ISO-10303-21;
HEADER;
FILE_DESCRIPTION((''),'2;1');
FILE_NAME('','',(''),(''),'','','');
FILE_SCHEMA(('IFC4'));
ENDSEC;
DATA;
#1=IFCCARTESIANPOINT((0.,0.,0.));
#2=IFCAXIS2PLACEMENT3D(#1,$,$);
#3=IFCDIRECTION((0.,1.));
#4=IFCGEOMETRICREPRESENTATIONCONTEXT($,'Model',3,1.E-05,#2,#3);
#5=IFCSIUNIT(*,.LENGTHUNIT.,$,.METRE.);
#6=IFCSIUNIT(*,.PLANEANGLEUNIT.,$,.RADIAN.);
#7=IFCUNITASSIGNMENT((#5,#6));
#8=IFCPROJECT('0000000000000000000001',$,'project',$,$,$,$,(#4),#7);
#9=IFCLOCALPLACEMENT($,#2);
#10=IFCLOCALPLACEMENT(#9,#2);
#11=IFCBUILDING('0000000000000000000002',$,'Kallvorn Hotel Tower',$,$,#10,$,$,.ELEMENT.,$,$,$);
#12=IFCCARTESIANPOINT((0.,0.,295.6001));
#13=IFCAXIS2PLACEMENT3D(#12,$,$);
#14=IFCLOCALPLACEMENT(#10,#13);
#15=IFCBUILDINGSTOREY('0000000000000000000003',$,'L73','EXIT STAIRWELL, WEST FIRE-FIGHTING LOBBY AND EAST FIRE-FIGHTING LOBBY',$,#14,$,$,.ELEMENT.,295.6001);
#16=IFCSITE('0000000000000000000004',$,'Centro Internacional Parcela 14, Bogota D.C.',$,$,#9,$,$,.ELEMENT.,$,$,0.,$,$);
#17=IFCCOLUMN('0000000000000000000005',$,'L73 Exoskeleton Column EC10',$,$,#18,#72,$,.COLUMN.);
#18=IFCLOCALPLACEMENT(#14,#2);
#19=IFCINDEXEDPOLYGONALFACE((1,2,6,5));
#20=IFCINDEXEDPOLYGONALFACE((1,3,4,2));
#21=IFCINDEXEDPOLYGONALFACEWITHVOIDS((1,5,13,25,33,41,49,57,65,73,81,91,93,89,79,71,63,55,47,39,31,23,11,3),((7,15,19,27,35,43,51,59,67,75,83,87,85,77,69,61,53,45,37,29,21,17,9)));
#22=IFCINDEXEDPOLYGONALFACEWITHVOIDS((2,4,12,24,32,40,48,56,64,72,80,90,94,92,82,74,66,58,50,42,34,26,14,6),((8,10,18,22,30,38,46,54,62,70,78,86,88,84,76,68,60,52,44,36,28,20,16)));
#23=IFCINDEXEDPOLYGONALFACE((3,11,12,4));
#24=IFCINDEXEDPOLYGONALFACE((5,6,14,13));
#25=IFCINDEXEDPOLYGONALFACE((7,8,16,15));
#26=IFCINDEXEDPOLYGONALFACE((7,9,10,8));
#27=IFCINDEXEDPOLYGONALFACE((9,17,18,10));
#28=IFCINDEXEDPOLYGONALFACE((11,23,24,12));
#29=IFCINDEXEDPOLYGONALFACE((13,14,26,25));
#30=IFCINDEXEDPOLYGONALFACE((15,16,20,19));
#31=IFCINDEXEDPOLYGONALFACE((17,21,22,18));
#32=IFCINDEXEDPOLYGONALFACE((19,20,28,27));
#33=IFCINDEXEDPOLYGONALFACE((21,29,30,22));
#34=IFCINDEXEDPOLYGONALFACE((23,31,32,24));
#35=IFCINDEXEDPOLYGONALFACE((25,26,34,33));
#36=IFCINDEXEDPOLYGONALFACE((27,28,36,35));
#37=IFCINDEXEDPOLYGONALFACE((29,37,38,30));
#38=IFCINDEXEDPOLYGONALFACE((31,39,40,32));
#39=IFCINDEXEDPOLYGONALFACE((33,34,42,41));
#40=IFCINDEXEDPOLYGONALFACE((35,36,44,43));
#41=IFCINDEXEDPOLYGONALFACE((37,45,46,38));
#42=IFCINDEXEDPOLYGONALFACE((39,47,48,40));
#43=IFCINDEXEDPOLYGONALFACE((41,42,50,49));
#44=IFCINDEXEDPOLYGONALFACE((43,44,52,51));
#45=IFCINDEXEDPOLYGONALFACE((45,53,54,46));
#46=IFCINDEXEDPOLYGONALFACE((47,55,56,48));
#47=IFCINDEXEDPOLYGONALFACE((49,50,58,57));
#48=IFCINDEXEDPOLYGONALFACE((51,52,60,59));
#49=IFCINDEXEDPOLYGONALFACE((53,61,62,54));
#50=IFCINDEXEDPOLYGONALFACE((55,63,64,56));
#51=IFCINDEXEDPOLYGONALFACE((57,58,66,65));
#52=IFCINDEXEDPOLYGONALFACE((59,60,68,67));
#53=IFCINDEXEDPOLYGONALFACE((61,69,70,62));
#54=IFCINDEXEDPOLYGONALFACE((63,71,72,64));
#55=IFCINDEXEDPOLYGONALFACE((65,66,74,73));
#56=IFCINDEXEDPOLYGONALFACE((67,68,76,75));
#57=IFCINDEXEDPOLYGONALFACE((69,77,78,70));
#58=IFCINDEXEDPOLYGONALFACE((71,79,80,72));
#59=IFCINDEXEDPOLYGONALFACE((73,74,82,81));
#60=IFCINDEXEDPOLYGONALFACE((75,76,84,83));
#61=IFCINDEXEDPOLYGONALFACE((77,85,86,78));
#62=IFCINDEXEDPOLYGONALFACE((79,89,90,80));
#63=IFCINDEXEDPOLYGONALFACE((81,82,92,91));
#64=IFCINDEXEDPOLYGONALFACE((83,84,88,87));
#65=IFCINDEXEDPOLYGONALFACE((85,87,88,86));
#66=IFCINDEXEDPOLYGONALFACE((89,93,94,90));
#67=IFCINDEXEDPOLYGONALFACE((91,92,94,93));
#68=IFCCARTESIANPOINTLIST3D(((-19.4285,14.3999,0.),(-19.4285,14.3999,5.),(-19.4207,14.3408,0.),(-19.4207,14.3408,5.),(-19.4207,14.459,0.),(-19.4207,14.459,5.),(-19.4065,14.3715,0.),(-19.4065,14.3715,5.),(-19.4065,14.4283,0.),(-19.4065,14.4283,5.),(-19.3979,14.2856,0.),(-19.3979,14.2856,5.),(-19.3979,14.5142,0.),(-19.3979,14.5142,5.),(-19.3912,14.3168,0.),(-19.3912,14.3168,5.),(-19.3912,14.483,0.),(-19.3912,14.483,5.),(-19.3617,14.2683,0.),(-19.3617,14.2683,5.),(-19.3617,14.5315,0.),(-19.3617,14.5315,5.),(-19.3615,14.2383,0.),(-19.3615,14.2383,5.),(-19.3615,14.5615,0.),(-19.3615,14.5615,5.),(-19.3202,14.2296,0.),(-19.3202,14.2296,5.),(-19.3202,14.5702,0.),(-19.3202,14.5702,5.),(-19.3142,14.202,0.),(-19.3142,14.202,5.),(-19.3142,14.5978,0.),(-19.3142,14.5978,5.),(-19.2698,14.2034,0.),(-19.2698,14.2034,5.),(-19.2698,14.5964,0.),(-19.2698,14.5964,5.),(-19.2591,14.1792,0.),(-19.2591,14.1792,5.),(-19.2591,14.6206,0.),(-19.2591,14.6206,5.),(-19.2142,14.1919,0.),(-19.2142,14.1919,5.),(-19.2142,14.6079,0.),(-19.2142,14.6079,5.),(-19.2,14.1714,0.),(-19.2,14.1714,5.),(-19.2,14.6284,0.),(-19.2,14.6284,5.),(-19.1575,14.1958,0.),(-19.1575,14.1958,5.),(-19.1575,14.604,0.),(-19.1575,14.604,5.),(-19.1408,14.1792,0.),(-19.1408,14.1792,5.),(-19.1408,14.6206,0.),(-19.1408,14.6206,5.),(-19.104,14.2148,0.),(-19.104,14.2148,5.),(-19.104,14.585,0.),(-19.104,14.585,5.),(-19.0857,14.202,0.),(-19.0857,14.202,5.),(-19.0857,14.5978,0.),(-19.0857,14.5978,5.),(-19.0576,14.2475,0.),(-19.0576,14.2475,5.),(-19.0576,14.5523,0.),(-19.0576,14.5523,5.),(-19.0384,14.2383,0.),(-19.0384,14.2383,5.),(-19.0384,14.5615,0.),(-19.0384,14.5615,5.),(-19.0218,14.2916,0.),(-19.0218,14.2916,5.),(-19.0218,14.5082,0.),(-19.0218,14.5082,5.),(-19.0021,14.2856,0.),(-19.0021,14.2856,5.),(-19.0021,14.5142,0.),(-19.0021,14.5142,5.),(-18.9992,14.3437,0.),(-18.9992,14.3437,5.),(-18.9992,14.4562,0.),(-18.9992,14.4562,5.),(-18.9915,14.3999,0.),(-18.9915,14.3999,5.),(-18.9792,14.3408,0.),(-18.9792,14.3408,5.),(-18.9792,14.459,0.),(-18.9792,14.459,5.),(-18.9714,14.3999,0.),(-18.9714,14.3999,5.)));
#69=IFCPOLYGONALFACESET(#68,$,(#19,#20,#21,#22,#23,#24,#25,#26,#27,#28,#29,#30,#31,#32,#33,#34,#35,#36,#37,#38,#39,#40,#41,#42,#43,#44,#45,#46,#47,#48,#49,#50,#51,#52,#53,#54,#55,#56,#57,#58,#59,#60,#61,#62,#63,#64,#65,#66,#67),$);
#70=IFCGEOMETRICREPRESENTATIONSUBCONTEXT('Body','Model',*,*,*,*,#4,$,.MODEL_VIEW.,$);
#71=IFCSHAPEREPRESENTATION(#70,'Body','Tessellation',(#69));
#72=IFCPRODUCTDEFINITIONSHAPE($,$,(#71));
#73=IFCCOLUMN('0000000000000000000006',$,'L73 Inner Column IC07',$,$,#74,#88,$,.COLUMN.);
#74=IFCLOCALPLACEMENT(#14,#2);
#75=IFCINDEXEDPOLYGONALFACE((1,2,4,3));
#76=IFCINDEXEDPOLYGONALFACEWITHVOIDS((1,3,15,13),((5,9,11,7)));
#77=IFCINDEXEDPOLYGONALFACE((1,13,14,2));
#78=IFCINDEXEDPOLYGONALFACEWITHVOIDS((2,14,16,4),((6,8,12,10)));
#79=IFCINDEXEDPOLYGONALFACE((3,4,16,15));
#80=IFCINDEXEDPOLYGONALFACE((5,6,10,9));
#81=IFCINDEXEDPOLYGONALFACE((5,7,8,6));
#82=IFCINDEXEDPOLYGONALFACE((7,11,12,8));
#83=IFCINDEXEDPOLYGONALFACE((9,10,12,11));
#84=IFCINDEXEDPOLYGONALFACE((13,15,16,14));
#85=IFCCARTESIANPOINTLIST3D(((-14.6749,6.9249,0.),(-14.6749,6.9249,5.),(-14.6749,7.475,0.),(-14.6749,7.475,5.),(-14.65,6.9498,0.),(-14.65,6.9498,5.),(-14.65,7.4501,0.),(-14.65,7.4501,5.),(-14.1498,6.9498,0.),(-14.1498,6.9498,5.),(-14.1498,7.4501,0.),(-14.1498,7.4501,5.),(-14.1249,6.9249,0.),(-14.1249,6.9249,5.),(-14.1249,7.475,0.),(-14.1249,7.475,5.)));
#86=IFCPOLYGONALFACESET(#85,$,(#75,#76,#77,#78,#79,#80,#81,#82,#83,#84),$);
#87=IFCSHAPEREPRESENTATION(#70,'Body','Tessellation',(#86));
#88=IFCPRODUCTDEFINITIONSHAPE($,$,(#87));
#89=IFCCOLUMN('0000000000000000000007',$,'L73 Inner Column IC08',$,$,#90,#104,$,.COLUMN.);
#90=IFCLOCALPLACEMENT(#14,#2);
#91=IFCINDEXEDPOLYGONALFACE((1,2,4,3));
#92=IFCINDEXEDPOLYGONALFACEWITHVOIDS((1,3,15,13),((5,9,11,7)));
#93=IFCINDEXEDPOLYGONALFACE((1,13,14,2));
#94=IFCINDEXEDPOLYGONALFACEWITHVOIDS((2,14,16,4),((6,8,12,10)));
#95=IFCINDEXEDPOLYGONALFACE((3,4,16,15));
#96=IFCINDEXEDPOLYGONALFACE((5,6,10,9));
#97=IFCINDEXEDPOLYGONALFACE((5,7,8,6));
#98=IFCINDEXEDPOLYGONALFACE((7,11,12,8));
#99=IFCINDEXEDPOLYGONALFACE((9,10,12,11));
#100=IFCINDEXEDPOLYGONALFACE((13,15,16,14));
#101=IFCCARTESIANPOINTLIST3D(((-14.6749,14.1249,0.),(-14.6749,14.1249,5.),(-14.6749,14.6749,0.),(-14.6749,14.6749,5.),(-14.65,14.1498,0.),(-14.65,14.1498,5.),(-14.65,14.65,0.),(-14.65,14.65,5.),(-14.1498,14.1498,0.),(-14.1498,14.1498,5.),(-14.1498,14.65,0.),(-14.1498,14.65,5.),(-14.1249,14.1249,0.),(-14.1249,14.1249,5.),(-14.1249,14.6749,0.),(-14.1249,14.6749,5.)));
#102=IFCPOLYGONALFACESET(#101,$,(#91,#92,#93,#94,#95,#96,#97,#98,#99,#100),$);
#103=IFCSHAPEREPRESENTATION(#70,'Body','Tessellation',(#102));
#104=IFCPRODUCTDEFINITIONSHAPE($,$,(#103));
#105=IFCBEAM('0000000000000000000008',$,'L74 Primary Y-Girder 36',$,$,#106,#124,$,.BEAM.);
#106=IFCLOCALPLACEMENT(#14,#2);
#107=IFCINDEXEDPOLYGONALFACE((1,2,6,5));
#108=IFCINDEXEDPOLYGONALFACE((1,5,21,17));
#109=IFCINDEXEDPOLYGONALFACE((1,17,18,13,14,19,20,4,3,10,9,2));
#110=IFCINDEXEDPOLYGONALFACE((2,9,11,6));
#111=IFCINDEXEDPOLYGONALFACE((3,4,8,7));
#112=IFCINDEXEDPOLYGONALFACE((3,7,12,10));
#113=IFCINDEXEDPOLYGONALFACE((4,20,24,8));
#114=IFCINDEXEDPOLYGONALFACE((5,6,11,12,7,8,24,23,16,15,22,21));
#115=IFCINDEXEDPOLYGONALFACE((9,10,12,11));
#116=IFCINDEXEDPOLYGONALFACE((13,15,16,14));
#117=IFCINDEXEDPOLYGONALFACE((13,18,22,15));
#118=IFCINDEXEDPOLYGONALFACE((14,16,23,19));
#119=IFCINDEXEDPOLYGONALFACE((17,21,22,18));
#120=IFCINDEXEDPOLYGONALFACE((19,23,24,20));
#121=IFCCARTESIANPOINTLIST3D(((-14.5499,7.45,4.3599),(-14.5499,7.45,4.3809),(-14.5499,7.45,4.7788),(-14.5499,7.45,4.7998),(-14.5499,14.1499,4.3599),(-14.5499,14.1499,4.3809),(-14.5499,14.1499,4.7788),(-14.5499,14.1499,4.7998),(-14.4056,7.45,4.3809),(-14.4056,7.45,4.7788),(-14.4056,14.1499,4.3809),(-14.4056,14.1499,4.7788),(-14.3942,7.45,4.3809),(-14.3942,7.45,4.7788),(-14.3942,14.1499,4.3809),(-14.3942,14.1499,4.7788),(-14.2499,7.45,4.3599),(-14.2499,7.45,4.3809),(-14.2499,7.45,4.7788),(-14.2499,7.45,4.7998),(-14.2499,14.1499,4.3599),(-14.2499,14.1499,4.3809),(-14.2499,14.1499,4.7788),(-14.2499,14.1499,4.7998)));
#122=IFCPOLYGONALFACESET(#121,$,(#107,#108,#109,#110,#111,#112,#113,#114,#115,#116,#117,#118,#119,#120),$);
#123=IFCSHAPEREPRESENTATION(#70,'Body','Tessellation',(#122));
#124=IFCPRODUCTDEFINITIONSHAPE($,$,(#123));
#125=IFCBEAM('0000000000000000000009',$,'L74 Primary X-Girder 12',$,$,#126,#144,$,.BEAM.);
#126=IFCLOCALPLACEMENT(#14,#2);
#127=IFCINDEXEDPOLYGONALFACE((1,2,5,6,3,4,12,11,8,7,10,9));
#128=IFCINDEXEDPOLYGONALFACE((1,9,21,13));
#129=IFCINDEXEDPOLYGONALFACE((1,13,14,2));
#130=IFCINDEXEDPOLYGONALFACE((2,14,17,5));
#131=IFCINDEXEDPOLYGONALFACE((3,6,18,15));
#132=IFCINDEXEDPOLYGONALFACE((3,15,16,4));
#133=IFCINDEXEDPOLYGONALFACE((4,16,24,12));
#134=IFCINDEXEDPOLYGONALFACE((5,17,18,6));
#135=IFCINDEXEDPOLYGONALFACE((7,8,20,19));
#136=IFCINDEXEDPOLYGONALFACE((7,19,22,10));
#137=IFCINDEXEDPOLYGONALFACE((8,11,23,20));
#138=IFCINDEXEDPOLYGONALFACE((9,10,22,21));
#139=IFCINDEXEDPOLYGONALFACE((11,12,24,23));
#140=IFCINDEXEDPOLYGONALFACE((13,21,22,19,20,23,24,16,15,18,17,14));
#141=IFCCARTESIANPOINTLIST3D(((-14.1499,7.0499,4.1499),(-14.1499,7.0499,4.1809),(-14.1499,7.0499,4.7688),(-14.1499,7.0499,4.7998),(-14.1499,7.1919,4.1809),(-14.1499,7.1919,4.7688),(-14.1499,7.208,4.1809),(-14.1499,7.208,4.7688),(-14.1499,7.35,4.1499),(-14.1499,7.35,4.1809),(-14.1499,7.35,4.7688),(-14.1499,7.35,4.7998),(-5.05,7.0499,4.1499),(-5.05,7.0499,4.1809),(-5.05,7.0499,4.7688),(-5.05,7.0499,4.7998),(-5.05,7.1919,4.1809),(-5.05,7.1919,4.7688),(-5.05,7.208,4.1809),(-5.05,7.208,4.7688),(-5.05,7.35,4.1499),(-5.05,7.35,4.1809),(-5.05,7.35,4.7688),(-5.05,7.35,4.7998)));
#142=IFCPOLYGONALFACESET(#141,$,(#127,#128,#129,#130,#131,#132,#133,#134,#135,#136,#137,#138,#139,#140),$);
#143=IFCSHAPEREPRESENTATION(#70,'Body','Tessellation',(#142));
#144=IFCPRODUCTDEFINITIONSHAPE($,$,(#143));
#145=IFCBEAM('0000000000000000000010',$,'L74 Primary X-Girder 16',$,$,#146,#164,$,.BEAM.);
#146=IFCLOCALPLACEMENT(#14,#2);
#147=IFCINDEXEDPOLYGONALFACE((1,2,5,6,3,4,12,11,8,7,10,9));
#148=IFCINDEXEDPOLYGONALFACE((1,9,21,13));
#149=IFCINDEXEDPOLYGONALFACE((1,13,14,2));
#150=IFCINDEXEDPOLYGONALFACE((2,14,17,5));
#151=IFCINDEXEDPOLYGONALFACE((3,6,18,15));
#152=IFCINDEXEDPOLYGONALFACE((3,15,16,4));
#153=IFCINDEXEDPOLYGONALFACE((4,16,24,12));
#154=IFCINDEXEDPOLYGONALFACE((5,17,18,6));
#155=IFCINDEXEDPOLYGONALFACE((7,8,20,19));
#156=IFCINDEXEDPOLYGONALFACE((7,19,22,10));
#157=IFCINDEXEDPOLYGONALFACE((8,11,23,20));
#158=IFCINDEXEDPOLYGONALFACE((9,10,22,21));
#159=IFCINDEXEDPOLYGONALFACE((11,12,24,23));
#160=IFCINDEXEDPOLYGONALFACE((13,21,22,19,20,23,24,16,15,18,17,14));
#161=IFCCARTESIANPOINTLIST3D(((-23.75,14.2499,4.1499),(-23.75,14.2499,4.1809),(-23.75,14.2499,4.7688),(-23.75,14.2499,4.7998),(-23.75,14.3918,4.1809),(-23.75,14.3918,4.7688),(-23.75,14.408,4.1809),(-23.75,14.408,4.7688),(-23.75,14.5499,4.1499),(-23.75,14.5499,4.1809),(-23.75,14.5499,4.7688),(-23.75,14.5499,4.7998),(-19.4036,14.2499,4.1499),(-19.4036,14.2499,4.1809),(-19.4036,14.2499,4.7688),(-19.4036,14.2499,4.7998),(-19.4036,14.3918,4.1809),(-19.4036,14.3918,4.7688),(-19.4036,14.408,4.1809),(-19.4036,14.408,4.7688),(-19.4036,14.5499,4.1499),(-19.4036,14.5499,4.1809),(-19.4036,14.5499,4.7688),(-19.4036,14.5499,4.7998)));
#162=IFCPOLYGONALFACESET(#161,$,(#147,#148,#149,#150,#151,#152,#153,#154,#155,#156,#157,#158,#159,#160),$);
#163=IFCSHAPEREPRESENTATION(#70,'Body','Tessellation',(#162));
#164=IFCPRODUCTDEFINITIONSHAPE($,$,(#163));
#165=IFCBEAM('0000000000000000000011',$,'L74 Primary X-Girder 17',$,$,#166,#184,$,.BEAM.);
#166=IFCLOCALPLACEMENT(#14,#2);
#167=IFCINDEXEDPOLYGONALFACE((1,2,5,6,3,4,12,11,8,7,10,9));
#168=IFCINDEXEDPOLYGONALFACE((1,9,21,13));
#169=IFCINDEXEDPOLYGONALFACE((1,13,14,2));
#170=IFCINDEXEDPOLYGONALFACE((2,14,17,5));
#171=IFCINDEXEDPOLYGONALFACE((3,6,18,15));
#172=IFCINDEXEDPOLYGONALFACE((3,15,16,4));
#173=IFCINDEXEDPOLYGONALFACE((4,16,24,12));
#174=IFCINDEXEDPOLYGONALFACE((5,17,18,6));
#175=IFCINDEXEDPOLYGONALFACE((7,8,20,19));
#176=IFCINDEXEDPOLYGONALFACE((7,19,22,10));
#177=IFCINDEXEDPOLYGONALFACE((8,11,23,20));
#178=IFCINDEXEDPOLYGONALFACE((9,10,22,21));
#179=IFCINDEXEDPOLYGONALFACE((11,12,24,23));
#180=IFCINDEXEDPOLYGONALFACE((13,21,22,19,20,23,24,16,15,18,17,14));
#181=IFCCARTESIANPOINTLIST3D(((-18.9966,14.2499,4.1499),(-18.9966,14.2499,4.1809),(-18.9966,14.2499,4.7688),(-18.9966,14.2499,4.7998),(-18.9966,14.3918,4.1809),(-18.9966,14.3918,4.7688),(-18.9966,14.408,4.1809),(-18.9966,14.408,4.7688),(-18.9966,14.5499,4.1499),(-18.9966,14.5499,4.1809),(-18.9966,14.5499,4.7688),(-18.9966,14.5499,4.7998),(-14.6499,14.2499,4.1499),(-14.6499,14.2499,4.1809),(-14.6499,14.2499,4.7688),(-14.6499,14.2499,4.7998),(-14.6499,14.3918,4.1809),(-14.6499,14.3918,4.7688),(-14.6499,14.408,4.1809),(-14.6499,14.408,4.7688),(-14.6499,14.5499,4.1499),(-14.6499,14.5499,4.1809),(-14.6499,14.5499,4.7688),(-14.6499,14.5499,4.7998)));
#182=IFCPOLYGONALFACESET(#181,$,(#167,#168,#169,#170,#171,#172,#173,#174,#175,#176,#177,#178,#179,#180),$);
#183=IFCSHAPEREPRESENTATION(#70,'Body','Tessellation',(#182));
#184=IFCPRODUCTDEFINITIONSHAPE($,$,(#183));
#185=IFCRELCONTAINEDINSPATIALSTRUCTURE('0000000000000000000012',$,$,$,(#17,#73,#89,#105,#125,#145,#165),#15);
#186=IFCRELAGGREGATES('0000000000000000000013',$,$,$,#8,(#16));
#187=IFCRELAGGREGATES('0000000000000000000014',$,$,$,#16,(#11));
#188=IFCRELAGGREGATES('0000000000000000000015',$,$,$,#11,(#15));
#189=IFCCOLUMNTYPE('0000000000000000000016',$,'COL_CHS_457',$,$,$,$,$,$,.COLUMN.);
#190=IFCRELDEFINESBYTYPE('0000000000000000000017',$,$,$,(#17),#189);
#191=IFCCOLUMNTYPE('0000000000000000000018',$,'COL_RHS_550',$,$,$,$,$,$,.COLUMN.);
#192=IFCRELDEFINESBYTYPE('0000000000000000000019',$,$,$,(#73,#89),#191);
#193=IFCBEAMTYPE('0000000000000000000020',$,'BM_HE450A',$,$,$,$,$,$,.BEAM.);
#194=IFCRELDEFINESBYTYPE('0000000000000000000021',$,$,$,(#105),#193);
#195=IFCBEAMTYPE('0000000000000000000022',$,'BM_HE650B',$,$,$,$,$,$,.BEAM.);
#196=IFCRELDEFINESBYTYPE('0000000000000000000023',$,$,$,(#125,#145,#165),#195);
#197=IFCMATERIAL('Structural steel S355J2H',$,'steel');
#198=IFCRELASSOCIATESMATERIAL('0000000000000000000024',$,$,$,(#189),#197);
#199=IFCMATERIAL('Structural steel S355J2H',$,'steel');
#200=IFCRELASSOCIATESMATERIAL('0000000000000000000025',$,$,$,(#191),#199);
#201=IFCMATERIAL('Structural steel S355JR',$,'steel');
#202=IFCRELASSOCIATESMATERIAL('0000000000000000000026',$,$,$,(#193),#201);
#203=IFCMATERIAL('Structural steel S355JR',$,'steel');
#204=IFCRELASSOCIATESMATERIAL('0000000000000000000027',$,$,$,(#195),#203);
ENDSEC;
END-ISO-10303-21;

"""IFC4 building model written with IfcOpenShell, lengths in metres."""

from ifc_helpers import new_model, si_unit, direction, frame, origin, origin_2d, place, context, subcontext, project, spatial, hollow_rectangle, hollow_circle, i_section, extrude, material, material_profile, profile_set, type_object, element, save


model = new_model("IFC4")

# Units and contexts
model_context = context("Model", 3, precision=1e-05, world=origin(), true_north=direction((0.0, 1.0)))
body_context = subcontext(model_context, "Body", "Model", "MODEL_VIEW")
ifc_project = project(units=[si_unit("LENGTHUNIT", "METRE"), si_unit("PLANEANGLEUNIT", "RADIAN")], contexts=[model_context])

# Site, building, storey
site_placement = place(None, origin())
site = spatial("IfcSite", under=ifc_project, at=site_placement, Name="Centro Internacional Parcela 14, Bogota D.C.", CompositionType="ELEMENT", RefElevation=0.0)
building_placement = place(site_placement, origin())
building = spatial("IfcBuilding", under=site, at=building_placement, Name="Kallvorn Hotel Tower", CompositionType="ELEMENT")
storey_placement = place(building_placement, frame((0.0, 0.0, 295.6001)))
storey = spatial("IfcBuildingStorey", under=building, at=storey_placement, Name="L73", Description="EXIT STAIRWELL, WEST FIRE-FIGHTING LOBBY AND EAST FIRE-FIGHTING LOBBY", CompositionType="ELEMENT", Elevation=295.6001)

# Columns
ifc_material_1 = material(Name="Structural steel S355J2H", Category="steel")
ifc_material_profile_1 = material_profile(ifc_material_1, hollow_circle(Radius=0.2285, WallThickness=0.02, at=origin_2d()), Name="CHS 457x20")
ifc_profile_set_1 = profile_set([ifc_material_profile_1], Name="Structural steel S355J2H")
column_type_1 = type_object("IfcColumnType", Name="COL_CHS_457", PredefinedType="COLUMN", material=ifc_profile_set_1)
column_placement = place(storey_placement, frame((-19.2, 14.3999, 0.0), z_axis=(0.0, 0.0, 1.0), x_axis=(1.0, 0.0, 0.0)))
element("IfcColumn", 1, at=column_placement, inside=storey, type_object=column_type_1, Name="L73 Exoskeleton Column EC10", PredefinedType="COLUMN", context=body_context, shape_type="SweptSolid", body=[
    extrude(hollow_circle(Radius=0.2285, WallThickness=0.02, at=origin_2d()), origin(), (0.0, 0.0, 1.0), 5.0),
])
ifc_material_2 = material(Name="Structural steel S355J2H", Category="steel")
ifc_material_profile_2 = material_profile(ifc_material_2, hollow_rectangle(XDim=0.55, YDim=0.55, WallThickness=0.0249, at=origin_2d()), Name="RHS 550x550x25")
ifc_profile_set_2 = profile_set([ifc_material_profile_2], Name="Structural steel S355J2H")
column_type_2 = type_object("IfcColumnType", Name="COL_RHS_550", PredefinedType="COLUMN", material=ifc_profile_set_2)
for number, where, z_axis, x_axis, name in (
    (2, (-14.3999, 7.2, 0.0), (0.0, 0.0, 1.0), (1.0, 0.0, 0.0), "L73 Inner Column IC07"),
    (3, (-14.3999, 14.3999, 0.0), (0.0, 0.0, 1.0), (1.0, 0.0, 0.0), "L73 Inner Column IC08"),
):
    element("IfcColumn", number, at=place(storey_placement, frame(where, z_axis=z_axis, x_axis=x_axis)), inside=storey, type_object=column_type_2, Name=name, PredefinedType="COLUMN", context=body_context, shape_type="SweptSolid", body=[
        extrude(hollow_rectangle(XDim=0.55, YDim=0.55, WallThickness=0.0249, at=origin_2d()), origin(), (0.0, 0.0, 1.0), 5.0),
    ])

# Beams
ifc_material_3 = material(Name="Structural steel S355JR", Category="steel")
ifc_material_profile_3 = material_profile(ifc_material_3, i_section(OverallWidth=0.3, OverallDepth=0.4399, WebThickness=0.0115, FlangeThickness=0.021, at=origin_2d()), Name="HE 450 A")
ifc_profile_set_3 = profile_set([ifc_material_profile_3], Name="Structural steel S355JR")
beam_type_1 = type_object("IfcBeamType", Name="BM_HE450A", PredefinedType="BEAM", material=ifc_profile_set_3)
beam_1_placement = place(storey_placement, frame((-14.3999, 7.45, 4.5798), z_axis=(0.0, 1.0, 0.0), x_axis=(-1.0, 0.0, 0.0)))
element("IfcBeam", 4, at=beam_1_placement, inside=storey, type_object=beam_type_1, Name="L74 Primary Y-Girder 36", PredefinedType="BEAM", context=body_context, shape_type="SweptSolid", body=[
    extrude(i_section(OverallWidth=0.3, OverallDepth=0.4399, WebThickness=0.0115, FlangeThickness=0.021, at=origin_2d()), origin(), (0.0, 0.0, 1.0), 6.7),
])
ifc_material_4 = material(Name="Structural steel S355JR", Category="steel")
ifc_material_profile_4 = material_profile(ifc_material_4, i_section(OverallWidth=0.3, OverallDepth=0.6499, WebThickness=0.0161, FlangeThickness=0.031, at=origin_2d()), Name="HE 650 B")
ifc_profile_set_4 = profile_set([ifc_material_profile_4], Name="Structural steel S355JR")
beam_type_2 = type_object("IfcBeamType", Name="BM_HE650B", PredefinedType="BEAM", material=ifc_profile_set_4)
beam_2_placement = place(storey_placement, frame((-14.1499, 7.2, 4.4749), z_axis=(1.0, 0.0, 0.0), x_axis=(0.0, 1.0, 0.0)))
element("IfcBeam", 5, at=beam_2_placement, inside=storey, type_object=beam_type_2, Name="L74 Primary X-Girder 12", PredefinedType="BEAM", context=body_context, shape_type="SweptSolid", body=[
    extrude(i_section(OverallWidth=0.3, OverallDepth=0.6499, WebThickness=0.0161, FlangeThickness=0.031, at=origin_2d()), origin(), (0.0, 0.0, 1.0), 9.0999),
])
beam_3_placement = place(storey_placement, frame((-23.75, 14.3999, 4.4749), z_axis=(1.0, 0.0, 0.0), x_axis=(0.0, 1.0, 0.0)))
element("IfcBeam", 6, at=beam_3_placement, inside=storey, type_object=beam_type_2, Name="L74 Primary X-Girder 16", PredefinedType="BEAM", context=body_context, shape_type="SweptSolid", body=[
    extrude(i_section(OverallWidth=0.3, OverallDepth=0.6499, WebThickness=0.0161, FlangeThickness=0.031, at=origin_2d()), origin(), (0.0, 0.0, 1.0), 4.3464),
])
beam_4_placement = place(storey_placement, frame((-18.9966, 14.3999, 4.4749), z_axis=(1.0, 0.0, 0.0), x_axis=(0.0, 1.0, 0.0)))
element("IfcBeam", 7, at=beam_4_placement, inside=storey, type_object=beam_type_2, Name="L74 Primary X-Girder 17", PredefinedType="BEAM", context=body_context, shape_type="SweptSolid", body=[
    extrude(i_section(OverallWidth=0.3, OverallDepth=0.6499, WebThickness=0.0161, FlangeThickness=0.031, at=origin_2d()), origin(), (0.0, 0.0, 1.0), 4.3467),
])

save(model, "model.ifc")
